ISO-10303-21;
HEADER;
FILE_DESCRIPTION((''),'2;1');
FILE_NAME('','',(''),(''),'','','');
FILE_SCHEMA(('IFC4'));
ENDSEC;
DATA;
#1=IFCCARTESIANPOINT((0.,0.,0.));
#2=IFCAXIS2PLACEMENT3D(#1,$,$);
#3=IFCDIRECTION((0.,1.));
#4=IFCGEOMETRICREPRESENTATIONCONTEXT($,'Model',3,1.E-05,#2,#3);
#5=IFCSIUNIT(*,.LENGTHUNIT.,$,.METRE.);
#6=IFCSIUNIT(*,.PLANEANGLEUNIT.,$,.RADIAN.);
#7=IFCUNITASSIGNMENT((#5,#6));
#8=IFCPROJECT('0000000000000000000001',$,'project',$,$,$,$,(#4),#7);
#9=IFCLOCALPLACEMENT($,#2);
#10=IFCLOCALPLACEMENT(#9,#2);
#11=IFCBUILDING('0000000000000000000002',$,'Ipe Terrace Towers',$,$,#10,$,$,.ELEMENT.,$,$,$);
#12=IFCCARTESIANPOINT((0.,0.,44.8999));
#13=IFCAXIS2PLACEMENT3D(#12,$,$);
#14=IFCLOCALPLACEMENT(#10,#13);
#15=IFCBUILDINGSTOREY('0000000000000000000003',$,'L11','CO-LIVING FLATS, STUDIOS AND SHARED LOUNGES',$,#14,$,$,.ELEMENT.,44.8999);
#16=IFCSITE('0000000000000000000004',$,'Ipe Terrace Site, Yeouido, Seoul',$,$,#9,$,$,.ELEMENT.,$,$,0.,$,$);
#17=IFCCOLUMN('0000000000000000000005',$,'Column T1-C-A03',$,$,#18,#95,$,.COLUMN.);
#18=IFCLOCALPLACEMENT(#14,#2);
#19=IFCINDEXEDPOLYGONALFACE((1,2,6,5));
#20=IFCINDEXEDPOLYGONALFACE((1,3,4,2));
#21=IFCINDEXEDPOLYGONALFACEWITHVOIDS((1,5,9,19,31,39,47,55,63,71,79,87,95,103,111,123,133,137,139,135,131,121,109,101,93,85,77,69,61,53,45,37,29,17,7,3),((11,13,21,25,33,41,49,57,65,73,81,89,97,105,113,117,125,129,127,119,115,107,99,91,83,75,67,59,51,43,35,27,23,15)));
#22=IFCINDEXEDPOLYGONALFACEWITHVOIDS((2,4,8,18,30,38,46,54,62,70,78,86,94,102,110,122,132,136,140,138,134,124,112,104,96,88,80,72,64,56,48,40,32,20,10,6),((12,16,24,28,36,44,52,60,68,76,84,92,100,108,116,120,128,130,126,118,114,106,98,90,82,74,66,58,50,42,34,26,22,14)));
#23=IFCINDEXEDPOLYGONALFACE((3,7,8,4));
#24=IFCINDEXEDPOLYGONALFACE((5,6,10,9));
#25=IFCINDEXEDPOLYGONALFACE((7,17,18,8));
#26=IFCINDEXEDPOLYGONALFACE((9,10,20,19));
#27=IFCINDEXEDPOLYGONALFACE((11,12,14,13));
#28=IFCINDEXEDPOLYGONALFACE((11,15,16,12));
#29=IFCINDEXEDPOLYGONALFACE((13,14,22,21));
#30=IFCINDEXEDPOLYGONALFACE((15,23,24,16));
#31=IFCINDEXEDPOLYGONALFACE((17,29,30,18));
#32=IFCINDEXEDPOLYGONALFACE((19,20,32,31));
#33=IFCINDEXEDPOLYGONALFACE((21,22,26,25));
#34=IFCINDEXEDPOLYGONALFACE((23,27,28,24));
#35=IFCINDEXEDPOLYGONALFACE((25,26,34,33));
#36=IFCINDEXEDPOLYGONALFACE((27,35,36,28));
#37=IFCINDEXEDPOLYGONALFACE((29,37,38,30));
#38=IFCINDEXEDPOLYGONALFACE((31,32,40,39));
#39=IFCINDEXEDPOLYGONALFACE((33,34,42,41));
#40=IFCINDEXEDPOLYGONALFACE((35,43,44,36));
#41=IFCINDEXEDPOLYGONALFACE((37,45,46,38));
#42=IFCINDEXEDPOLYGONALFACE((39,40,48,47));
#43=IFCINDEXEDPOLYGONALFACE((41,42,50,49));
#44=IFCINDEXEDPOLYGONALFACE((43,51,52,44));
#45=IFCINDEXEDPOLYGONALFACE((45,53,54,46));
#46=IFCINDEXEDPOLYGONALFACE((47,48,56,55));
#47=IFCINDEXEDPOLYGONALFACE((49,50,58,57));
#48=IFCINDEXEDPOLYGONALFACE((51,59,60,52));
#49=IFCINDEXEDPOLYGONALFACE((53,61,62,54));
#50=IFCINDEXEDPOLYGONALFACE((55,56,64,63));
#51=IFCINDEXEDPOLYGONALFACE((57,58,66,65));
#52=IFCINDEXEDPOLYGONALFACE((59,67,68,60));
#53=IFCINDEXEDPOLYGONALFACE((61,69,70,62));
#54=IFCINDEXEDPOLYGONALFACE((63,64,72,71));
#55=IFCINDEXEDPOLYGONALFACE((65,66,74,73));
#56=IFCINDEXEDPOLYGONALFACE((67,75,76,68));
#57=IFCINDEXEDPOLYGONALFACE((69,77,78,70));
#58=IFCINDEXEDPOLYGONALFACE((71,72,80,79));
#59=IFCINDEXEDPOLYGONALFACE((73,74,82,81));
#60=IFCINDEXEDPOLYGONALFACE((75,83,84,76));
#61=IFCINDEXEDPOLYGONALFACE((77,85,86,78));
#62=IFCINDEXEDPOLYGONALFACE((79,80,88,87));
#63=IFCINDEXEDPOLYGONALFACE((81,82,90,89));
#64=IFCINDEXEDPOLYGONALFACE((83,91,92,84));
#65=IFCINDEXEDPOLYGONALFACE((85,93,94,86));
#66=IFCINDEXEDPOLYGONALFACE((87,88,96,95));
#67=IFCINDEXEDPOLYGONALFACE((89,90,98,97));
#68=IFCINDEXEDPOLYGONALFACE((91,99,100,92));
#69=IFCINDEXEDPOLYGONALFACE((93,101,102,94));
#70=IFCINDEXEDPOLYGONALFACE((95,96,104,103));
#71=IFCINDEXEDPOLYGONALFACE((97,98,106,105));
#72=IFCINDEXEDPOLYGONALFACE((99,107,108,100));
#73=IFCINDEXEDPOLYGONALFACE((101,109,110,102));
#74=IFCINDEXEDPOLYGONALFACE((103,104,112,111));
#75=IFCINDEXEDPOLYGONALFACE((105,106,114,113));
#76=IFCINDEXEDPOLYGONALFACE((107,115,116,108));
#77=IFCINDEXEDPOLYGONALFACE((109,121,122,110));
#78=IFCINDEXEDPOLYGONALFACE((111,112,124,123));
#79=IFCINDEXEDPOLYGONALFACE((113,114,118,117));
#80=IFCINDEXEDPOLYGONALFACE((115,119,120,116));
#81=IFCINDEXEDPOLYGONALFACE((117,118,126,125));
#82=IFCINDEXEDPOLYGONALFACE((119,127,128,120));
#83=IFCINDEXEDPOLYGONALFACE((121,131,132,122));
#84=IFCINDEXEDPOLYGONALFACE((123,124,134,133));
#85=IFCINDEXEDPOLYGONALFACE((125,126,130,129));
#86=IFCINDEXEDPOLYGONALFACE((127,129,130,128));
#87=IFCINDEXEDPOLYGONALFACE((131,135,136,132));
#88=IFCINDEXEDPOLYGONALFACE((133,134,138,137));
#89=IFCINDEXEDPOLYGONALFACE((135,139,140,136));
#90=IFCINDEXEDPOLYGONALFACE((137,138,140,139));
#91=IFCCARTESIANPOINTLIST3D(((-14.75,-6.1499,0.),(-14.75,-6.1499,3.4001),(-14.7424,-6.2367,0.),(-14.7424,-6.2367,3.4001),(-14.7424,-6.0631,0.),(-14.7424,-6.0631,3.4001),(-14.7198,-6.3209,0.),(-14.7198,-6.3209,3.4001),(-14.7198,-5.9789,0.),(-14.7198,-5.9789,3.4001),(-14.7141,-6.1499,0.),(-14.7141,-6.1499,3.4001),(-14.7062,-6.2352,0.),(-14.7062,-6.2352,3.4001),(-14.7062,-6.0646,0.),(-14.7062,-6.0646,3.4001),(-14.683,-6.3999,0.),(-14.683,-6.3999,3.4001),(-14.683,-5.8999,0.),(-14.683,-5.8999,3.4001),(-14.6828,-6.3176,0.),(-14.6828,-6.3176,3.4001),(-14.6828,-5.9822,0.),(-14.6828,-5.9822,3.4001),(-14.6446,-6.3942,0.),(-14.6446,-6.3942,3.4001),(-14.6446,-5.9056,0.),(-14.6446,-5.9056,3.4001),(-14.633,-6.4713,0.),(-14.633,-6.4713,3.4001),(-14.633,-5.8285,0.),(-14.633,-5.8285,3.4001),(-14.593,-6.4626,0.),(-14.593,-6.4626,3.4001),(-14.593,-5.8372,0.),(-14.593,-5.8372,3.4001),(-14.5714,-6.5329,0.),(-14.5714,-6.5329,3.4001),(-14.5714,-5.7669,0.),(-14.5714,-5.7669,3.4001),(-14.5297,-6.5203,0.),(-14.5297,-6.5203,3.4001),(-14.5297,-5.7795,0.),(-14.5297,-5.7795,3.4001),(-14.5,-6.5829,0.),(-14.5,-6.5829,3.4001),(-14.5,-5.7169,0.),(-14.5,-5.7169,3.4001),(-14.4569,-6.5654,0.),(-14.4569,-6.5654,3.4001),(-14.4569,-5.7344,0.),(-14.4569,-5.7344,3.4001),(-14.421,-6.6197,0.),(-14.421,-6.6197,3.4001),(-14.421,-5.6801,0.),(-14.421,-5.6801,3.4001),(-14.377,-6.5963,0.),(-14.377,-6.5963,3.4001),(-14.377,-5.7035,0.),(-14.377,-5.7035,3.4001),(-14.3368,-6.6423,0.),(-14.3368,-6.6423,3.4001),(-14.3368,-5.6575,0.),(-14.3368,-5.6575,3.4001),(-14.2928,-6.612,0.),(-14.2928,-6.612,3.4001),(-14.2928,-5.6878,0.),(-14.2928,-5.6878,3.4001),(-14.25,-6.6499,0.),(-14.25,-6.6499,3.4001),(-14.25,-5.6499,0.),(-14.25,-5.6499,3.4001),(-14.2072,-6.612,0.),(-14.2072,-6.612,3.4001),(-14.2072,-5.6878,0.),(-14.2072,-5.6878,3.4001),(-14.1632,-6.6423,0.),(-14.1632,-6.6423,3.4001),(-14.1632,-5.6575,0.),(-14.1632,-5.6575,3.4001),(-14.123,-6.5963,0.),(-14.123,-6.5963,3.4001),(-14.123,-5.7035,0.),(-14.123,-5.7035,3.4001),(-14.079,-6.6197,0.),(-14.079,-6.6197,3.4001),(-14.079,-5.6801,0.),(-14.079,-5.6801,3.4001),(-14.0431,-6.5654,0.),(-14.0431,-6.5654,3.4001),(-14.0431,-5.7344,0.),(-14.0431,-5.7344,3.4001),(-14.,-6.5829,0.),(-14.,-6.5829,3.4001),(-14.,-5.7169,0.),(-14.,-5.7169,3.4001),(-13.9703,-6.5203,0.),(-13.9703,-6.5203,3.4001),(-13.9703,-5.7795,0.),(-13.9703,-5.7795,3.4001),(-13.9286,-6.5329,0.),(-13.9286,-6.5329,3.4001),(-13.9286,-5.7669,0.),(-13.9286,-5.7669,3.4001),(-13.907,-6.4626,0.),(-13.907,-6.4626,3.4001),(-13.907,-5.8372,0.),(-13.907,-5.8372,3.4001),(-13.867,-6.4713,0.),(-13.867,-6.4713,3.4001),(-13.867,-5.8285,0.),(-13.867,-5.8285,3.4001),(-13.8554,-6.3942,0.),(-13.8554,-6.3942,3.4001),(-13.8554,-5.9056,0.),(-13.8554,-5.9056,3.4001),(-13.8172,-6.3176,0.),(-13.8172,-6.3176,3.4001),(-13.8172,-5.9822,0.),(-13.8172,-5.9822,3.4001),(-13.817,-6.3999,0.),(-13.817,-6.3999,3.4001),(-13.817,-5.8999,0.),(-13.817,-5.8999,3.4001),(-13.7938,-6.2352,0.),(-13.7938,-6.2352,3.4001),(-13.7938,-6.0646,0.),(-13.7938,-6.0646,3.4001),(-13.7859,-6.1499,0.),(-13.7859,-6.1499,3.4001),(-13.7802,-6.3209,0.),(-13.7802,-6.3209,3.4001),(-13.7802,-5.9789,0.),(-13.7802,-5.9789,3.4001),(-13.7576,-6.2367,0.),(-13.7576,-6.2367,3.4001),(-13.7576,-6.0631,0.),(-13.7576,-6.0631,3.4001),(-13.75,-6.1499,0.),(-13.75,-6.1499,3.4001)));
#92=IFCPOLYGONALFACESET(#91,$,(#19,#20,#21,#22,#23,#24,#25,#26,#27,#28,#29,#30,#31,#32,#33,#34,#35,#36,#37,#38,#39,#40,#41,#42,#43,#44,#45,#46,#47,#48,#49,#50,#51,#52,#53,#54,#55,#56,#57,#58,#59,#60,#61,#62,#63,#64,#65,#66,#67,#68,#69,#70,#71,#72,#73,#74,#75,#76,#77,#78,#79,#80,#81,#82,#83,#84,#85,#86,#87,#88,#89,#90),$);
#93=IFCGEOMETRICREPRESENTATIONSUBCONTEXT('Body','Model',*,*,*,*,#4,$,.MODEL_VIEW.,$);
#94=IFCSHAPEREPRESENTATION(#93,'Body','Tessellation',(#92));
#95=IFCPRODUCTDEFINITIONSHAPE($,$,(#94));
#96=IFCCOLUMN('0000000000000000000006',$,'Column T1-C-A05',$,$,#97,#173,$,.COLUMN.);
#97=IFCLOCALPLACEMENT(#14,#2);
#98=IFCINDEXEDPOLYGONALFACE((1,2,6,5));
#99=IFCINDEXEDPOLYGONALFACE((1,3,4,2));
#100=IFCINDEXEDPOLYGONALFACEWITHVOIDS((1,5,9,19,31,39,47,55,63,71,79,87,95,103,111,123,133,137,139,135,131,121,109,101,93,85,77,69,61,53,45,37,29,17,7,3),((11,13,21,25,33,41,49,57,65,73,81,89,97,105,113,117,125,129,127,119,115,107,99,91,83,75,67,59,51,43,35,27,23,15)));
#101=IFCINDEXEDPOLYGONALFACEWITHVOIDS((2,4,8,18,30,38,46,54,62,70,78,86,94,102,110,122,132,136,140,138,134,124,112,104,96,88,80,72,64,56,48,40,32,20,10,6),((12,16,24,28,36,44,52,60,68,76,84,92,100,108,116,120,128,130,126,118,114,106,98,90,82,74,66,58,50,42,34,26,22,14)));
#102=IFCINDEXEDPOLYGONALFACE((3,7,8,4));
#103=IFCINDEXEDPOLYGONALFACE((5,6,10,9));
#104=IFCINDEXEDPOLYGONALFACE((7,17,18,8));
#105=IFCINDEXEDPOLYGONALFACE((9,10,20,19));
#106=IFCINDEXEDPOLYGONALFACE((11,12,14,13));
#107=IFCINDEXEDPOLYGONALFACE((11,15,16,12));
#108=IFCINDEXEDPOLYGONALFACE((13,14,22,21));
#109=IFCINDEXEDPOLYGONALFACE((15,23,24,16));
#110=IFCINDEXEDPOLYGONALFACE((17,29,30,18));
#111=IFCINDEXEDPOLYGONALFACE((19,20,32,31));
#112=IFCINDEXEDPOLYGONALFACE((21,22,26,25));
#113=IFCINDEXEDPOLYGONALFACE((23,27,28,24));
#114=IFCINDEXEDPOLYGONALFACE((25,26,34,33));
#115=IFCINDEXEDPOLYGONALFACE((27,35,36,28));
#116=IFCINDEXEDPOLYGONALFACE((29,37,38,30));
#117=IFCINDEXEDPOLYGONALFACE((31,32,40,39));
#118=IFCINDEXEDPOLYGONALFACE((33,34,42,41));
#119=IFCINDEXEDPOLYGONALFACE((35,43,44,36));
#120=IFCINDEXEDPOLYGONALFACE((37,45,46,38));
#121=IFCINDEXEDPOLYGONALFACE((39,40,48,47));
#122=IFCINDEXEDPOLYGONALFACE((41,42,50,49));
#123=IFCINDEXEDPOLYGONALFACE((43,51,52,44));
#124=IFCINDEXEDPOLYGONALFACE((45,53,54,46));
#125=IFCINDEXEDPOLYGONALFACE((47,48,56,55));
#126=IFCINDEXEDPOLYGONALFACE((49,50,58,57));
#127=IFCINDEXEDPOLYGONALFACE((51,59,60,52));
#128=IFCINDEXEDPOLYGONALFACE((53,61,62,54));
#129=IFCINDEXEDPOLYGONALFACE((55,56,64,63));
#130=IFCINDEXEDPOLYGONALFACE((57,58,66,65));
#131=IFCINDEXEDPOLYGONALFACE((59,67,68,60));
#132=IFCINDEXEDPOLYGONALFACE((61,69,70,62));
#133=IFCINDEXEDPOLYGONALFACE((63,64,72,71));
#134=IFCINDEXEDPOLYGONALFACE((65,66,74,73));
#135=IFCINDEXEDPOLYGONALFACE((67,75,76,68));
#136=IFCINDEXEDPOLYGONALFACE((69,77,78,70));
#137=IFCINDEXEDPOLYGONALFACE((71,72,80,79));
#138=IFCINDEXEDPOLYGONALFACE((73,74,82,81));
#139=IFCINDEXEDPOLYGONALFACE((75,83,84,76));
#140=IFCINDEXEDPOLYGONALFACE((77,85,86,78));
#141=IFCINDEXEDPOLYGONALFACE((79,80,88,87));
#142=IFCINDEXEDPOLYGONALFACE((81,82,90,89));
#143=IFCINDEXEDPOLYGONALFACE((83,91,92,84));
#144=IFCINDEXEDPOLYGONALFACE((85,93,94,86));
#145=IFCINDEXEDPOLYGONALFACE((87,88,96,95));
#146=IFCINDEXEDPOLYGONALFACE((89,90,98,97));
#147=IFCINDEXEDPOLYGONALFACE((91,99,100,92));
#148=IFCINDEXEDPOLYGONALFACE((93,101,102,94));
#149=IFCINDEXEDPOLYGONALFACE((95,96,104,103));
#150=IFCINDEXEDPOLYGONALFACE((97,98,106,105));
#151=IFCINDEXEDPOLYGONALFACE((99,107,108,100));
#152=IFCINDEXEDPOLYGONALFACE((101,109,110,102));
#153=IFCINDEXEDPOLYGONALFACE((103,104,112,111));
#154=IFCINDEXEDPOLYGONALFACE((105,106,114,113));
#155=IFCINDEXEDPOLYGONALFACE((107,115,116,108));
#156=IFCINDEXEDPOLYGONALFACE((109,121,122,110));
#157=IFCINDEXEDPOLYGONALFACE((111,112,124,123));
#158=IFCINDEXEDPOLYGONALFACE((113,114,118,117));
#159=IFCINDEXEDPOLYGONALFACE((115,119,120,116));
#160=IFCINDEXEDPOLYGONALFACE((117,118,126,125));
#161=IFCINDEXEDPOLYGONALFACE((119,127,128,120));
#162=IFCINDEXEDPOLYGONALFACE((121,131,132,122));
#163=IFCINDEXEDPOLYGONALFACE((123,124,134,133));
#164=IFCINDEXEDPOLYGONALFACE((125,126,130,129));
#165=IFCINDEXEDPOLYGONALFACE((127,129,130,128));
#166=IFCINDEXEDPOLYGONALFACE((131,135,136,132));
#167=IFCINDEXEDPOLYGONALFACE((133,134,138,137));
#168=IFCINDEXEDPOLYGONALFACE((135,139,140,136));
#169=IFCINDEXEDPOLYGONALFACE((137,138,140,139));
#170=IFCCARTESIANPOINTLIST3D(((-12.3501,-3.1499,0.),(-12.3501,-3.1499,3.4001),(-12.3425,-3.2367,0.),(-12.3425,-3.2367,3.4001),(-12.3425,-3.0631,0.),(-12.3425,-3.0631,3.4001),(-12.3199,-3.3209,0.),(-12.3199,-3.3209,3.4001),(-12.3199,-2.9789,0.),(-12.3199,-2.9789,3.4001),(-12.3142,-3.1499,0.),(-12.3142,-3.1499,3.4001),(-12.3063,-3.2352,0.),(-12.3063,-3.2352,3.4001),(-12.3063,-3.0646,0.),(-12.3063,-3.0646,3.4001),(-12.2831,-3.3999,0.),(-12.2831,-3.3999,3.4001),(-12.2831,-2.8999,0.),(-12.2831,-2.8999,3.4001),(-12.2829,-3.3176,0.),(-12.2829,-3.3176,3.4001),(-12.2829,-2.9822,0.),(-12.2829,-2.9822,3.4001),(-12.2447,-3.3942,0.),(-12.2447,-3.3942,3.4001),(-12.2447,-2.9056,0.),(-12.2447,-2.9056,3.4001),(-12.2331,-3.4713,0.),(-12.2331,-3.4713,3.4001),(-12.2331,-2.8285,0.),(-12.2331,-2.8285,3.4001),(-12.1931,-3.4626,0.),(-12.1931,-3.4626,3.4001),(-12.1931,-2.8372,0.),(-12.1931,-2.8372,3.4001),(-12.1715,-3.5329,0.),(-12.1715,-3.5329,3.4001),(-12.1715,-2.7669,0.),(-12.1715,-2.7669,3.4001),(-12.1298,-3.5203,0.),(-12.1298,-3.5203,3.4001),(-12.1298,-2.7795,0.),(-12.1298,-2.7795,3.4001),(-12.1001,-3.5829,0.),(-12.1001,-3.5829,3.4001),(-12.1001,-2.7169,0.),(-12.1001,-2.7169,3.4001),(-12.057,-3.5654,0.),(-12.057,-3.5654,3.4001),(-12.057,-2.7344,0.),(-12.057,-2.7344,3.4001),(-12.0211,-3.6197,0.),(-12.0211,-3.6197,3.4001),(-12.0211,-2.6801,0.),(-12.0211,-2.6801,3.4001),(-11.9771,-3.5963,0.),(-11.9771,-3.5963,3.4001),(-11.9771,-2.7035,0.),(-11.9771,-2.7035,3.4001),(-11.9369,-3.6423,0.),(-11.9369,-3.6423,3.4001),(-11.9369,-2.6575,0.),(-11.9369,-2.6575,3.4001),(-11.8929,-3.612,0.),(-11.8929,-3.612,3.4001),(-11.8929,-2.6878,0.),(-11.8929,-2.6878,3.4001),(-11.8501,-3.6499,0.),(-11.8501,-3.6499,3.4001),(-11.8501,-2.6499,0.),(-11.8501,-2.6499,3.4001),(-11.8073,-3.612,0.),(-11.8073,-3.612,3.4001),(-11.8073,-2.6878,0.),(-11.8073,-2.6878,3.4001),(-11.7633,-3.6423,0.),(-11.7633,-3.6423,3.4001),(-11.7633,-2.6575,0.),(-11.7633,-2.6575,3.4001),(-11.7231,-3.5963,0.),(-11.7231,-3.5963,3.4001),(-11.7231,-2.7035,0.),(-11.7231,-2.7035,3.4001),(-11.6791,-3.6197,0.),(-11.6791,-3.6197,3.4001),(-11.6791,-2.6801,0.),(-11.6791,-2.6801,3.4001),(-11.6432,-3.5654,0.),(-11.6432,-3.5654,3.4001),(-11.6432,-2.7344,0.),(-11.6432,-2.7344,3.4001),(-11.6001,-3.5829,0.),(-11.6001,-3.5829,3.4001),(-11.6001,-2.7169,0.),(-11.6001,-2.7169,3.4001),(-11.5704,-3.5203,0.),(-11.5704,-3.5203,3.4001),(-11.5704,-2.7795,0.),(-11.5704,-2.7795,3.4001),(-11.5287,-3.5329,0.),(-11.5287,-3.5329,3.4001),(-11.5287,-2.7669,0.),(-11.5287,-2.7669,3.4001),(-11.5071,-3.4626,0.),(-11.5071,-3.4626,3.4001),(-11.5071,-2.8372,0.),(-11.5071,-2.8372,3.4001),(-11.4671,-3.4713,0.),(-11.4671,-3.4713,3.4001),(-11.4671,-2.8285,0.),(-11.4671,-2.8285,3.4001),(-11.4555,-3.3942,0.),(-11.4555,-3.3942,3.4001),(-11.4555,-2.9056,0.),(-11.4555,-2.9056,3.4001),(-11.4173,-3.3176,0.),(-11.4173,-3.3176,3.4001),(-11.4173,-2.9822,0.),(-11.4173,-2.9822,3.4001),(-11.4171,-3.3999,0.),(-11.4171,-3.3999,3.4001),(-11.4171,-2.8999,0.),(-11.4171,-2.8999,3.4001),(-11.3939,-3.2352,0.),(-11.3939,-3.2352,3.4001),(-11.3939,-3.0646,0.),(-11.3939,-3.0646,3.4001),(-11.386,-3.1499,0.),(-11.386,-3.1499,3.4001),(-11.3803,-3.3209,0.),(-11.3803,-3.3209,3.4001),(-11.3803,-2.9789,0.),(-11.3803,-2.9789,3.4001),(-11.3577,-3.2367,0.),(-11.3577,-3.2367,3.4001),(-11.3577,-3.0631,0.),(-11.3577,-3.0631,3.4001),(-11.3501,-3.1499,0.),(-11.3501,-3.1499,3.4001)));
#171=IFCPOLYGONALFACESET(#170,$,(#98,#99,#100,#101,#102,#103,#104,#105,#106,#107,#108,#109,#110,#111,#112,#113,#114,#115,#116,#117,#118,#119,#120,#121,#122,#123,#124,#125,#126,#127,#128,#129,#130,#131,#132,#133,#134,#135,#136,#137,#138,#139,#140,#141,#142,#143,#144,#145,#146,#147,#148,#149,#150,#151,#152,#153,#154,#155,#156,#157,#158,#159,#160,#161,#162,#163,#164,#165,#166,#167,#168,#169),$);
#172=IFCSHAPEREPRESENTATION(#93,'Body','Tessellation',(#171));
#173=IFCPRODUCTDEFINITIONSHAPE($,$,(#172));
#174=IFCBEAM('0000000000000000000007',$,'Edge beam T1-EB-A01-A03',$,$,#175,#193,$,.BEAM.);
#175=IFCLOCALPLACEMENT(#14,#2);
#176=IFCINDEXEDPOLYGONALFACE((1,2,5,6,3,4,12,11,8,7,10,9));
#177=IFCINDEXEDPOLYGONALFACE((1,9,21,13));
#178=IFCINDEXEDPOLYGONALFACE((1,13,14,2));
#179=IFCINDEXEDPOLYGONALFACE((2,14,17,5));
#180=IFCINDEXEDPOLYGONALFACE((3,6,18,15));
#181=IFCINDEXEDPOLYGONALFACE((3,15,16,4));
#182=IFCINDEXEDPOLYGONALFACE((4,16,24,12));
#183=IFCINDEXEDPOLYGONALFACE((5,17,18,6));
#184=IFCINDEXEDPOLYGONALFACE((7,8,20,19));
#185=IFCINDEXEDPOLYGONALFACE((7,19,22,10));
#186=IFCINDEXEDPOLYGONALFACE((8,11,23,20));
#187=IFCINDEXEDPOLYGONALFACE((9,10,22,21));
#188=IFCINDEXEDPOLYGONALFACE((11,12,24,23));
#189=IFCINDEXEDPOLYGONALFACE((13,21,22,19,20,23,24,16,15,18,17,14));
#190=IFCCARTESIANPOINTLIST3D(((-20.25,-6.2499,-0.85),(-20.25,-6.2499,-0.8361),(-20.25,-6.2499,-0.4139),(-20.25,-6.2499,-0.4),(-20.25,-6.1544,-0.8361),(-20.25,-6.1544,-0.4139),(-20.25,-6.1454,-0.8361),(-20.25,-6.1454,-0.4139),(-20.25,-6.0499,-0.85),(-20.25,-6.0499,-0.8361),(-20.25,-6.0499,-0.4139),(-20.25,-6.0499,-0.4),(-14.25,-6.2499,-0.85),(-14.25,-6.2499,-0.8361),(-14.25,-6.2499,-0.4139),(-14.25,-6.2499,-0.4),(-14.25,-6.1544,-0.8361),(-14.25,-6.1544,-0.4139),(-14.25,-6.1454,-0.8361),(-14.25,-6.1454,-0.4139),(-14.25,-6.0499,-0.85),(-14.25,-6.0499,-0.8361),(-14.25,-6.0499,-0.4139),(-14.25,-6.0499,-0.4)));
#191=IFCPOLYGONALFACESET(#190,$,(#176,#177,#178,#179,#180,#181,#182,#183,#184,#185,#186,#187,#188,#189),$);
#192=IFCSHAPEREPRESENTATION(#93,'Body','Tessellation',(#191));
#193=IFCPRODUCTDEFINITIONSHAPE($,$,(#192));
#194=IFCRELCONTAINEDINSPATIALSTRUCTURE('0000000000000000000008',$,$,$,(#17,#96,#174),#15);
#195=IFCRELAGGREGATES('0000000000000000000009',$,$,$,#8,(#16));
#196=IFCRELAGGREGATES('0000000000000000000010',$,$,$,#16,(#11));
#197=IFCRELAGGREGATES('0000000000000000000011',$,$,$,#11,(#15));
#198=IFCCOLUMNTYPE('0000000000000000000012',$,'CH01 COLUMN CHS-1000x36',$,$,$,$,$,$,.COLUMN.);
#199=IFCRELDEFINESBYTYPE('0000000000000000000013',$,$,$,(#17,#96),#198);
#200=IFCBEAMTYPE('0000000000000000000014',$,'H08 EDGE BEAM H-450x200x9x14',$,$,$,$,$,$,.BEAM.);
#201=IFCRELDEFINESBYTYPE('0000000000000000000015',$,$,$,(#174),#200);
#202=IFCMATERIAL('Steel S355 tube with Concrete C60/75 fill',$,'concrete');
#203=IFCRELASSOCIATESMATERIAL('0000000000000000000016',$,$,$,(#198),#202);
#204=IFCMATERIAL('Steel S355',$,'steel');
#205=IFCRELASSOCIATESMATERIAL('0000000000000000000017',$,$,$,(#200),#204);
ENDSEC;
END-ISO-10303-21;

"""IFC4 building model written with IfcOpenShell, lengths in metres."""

from ifc_helpers import new_model, si_unit, direction, frame, origin, origin_2d, place, context, subcontext, project, spatial, hollow_circle, i_section, extrude, material, material_profile, profile_set, type_object, element, save


model = new_model("IFC4")

# Units and contexts
model_context = context("Model", 3, precision=1e-05, world=origin(), true_north=direction((0.0, 1.0)))
body_context = subcontext(model_context, "Body", "Model", "MODEL_VIEW")
ifc_project = project(units=[si_unit("LENGTHUNIT", "METRE"), si_unit("PLANEANGLEUNIT", "RADIAN")], contexts=[model_context])

# Site, building, storey
site_placement = place(None, origin())
site = spatial("IfcSite", under=ifc_project, at=site_placement, Name="Ipe Terrace Site, Yeouido, Seoul", CompositionType="ELEMENT", RefElevation=0.0)
building_placement = place(site_placement, origin())
building = spatial("IfcBuilding", under=site, at=building_placement, Name="Ipe Terrace Towers", CompositionType="ELEMENT")
storey_placement = place(building_placement, frame((0.0, 0.0, 44.8999)))
storey = spatial("IfcBuildingStorey", under=building, at=storey_placement, Name="L11", Description="CO-LIVING FLATS, STUDIOS AND SHARED LOUNGES", CompositionType="ELEMENT", Elevation=44.8999)

# Columns
ifc_material_1 = material(Name="Steel S355 tube with Concrete C60/75 fill", Category="concrete")
ifc_material_profile_1 = material_profile(ifc_material_1, hollow_circle(Radius=0.5, WallThickness=0.0359, at=origin_2d()), Name="CHS-1000x36")
ifc_profile_set_1 = profile_set([ifc_material_profile_1], Name="Steel S355 tube with Concrete C60/75 fill")
column_type = type_object("IfcColumnType", Name="CH01 COLUMN CHS-1000x36", PredefinedType="COLUMN", material=ifc_profile_set_1)
for number, where, z_axis, x_axis, name in (
    (1, (-14.25, -6.1499, 0.0), (0.0, 0.0, 1.0), (1.0, 0.0, 0.0), "Column T1-C-A03"),
    (2, (-11.8501, -3.1499, 0.0), (0.0, 0.0, 1.0), (1.0, 0.0, 0.0), "Column T1-C-A05"),
):
    element("IfcColumn", number, at=place(storey_placement, frame(where, z_axis=z_axis, x_axis=x_axis)), inside=storey, type_object=column_type, Name=name, PredefinedType="COLUMN", context=body_context, shape_type="SweptSolid", body=[
        extrude(hollow_circle(Radius=0.5, WallThickness=0.0359, at=origin_2d()), origin(), (0.0, 0.0, 1.0), 3.4001),
    ])

# Beam
ifc_material_2 = material(Name="Steel S355", Category="steel")
ifc_material_profile_2 = material_profile(ifc_material_2, i_section(OverallWidth=0.2, OverallDepth=0.45, WebThickness=0.009, FlangeThickness=0.0139, at=origin_2d()), Name="H-450x200x9x14")
ifc_profile_set_2 = profile_set([ifc_material_profile_2], Name="Steel S355")
beam_type = type_object("IfcBeamType", Name="H08 EDGE BEAM H-450x200x9x14", PredefinedType="BEAM", material=ifc_profile_set_2)
beam_1_placement = place(storey_placement, frame((-20.25, -6.1499, -0.625), z_axis=(1.0, 0.0, 0.0), x_axis=(0.0, 1.0, 0.0)))
element("IfcBeam", 3, at=beam_1_placement, inside=storey, type_object=beam_type, Name="Edge beam T1-EB-A01-A03", PredefinedType="BEAM", context=body_context, shape_type="SweptSolid", body=[
    extrude(i_section(OverallWidth=0.2, OverallDepth=0.45, WebThickness=0.009, FlangeThickness=0.0139, at=origin_2d()), origin(), (0.0, 0.0, 1.0), 6.0),
])

save(model, "model.ifc")
